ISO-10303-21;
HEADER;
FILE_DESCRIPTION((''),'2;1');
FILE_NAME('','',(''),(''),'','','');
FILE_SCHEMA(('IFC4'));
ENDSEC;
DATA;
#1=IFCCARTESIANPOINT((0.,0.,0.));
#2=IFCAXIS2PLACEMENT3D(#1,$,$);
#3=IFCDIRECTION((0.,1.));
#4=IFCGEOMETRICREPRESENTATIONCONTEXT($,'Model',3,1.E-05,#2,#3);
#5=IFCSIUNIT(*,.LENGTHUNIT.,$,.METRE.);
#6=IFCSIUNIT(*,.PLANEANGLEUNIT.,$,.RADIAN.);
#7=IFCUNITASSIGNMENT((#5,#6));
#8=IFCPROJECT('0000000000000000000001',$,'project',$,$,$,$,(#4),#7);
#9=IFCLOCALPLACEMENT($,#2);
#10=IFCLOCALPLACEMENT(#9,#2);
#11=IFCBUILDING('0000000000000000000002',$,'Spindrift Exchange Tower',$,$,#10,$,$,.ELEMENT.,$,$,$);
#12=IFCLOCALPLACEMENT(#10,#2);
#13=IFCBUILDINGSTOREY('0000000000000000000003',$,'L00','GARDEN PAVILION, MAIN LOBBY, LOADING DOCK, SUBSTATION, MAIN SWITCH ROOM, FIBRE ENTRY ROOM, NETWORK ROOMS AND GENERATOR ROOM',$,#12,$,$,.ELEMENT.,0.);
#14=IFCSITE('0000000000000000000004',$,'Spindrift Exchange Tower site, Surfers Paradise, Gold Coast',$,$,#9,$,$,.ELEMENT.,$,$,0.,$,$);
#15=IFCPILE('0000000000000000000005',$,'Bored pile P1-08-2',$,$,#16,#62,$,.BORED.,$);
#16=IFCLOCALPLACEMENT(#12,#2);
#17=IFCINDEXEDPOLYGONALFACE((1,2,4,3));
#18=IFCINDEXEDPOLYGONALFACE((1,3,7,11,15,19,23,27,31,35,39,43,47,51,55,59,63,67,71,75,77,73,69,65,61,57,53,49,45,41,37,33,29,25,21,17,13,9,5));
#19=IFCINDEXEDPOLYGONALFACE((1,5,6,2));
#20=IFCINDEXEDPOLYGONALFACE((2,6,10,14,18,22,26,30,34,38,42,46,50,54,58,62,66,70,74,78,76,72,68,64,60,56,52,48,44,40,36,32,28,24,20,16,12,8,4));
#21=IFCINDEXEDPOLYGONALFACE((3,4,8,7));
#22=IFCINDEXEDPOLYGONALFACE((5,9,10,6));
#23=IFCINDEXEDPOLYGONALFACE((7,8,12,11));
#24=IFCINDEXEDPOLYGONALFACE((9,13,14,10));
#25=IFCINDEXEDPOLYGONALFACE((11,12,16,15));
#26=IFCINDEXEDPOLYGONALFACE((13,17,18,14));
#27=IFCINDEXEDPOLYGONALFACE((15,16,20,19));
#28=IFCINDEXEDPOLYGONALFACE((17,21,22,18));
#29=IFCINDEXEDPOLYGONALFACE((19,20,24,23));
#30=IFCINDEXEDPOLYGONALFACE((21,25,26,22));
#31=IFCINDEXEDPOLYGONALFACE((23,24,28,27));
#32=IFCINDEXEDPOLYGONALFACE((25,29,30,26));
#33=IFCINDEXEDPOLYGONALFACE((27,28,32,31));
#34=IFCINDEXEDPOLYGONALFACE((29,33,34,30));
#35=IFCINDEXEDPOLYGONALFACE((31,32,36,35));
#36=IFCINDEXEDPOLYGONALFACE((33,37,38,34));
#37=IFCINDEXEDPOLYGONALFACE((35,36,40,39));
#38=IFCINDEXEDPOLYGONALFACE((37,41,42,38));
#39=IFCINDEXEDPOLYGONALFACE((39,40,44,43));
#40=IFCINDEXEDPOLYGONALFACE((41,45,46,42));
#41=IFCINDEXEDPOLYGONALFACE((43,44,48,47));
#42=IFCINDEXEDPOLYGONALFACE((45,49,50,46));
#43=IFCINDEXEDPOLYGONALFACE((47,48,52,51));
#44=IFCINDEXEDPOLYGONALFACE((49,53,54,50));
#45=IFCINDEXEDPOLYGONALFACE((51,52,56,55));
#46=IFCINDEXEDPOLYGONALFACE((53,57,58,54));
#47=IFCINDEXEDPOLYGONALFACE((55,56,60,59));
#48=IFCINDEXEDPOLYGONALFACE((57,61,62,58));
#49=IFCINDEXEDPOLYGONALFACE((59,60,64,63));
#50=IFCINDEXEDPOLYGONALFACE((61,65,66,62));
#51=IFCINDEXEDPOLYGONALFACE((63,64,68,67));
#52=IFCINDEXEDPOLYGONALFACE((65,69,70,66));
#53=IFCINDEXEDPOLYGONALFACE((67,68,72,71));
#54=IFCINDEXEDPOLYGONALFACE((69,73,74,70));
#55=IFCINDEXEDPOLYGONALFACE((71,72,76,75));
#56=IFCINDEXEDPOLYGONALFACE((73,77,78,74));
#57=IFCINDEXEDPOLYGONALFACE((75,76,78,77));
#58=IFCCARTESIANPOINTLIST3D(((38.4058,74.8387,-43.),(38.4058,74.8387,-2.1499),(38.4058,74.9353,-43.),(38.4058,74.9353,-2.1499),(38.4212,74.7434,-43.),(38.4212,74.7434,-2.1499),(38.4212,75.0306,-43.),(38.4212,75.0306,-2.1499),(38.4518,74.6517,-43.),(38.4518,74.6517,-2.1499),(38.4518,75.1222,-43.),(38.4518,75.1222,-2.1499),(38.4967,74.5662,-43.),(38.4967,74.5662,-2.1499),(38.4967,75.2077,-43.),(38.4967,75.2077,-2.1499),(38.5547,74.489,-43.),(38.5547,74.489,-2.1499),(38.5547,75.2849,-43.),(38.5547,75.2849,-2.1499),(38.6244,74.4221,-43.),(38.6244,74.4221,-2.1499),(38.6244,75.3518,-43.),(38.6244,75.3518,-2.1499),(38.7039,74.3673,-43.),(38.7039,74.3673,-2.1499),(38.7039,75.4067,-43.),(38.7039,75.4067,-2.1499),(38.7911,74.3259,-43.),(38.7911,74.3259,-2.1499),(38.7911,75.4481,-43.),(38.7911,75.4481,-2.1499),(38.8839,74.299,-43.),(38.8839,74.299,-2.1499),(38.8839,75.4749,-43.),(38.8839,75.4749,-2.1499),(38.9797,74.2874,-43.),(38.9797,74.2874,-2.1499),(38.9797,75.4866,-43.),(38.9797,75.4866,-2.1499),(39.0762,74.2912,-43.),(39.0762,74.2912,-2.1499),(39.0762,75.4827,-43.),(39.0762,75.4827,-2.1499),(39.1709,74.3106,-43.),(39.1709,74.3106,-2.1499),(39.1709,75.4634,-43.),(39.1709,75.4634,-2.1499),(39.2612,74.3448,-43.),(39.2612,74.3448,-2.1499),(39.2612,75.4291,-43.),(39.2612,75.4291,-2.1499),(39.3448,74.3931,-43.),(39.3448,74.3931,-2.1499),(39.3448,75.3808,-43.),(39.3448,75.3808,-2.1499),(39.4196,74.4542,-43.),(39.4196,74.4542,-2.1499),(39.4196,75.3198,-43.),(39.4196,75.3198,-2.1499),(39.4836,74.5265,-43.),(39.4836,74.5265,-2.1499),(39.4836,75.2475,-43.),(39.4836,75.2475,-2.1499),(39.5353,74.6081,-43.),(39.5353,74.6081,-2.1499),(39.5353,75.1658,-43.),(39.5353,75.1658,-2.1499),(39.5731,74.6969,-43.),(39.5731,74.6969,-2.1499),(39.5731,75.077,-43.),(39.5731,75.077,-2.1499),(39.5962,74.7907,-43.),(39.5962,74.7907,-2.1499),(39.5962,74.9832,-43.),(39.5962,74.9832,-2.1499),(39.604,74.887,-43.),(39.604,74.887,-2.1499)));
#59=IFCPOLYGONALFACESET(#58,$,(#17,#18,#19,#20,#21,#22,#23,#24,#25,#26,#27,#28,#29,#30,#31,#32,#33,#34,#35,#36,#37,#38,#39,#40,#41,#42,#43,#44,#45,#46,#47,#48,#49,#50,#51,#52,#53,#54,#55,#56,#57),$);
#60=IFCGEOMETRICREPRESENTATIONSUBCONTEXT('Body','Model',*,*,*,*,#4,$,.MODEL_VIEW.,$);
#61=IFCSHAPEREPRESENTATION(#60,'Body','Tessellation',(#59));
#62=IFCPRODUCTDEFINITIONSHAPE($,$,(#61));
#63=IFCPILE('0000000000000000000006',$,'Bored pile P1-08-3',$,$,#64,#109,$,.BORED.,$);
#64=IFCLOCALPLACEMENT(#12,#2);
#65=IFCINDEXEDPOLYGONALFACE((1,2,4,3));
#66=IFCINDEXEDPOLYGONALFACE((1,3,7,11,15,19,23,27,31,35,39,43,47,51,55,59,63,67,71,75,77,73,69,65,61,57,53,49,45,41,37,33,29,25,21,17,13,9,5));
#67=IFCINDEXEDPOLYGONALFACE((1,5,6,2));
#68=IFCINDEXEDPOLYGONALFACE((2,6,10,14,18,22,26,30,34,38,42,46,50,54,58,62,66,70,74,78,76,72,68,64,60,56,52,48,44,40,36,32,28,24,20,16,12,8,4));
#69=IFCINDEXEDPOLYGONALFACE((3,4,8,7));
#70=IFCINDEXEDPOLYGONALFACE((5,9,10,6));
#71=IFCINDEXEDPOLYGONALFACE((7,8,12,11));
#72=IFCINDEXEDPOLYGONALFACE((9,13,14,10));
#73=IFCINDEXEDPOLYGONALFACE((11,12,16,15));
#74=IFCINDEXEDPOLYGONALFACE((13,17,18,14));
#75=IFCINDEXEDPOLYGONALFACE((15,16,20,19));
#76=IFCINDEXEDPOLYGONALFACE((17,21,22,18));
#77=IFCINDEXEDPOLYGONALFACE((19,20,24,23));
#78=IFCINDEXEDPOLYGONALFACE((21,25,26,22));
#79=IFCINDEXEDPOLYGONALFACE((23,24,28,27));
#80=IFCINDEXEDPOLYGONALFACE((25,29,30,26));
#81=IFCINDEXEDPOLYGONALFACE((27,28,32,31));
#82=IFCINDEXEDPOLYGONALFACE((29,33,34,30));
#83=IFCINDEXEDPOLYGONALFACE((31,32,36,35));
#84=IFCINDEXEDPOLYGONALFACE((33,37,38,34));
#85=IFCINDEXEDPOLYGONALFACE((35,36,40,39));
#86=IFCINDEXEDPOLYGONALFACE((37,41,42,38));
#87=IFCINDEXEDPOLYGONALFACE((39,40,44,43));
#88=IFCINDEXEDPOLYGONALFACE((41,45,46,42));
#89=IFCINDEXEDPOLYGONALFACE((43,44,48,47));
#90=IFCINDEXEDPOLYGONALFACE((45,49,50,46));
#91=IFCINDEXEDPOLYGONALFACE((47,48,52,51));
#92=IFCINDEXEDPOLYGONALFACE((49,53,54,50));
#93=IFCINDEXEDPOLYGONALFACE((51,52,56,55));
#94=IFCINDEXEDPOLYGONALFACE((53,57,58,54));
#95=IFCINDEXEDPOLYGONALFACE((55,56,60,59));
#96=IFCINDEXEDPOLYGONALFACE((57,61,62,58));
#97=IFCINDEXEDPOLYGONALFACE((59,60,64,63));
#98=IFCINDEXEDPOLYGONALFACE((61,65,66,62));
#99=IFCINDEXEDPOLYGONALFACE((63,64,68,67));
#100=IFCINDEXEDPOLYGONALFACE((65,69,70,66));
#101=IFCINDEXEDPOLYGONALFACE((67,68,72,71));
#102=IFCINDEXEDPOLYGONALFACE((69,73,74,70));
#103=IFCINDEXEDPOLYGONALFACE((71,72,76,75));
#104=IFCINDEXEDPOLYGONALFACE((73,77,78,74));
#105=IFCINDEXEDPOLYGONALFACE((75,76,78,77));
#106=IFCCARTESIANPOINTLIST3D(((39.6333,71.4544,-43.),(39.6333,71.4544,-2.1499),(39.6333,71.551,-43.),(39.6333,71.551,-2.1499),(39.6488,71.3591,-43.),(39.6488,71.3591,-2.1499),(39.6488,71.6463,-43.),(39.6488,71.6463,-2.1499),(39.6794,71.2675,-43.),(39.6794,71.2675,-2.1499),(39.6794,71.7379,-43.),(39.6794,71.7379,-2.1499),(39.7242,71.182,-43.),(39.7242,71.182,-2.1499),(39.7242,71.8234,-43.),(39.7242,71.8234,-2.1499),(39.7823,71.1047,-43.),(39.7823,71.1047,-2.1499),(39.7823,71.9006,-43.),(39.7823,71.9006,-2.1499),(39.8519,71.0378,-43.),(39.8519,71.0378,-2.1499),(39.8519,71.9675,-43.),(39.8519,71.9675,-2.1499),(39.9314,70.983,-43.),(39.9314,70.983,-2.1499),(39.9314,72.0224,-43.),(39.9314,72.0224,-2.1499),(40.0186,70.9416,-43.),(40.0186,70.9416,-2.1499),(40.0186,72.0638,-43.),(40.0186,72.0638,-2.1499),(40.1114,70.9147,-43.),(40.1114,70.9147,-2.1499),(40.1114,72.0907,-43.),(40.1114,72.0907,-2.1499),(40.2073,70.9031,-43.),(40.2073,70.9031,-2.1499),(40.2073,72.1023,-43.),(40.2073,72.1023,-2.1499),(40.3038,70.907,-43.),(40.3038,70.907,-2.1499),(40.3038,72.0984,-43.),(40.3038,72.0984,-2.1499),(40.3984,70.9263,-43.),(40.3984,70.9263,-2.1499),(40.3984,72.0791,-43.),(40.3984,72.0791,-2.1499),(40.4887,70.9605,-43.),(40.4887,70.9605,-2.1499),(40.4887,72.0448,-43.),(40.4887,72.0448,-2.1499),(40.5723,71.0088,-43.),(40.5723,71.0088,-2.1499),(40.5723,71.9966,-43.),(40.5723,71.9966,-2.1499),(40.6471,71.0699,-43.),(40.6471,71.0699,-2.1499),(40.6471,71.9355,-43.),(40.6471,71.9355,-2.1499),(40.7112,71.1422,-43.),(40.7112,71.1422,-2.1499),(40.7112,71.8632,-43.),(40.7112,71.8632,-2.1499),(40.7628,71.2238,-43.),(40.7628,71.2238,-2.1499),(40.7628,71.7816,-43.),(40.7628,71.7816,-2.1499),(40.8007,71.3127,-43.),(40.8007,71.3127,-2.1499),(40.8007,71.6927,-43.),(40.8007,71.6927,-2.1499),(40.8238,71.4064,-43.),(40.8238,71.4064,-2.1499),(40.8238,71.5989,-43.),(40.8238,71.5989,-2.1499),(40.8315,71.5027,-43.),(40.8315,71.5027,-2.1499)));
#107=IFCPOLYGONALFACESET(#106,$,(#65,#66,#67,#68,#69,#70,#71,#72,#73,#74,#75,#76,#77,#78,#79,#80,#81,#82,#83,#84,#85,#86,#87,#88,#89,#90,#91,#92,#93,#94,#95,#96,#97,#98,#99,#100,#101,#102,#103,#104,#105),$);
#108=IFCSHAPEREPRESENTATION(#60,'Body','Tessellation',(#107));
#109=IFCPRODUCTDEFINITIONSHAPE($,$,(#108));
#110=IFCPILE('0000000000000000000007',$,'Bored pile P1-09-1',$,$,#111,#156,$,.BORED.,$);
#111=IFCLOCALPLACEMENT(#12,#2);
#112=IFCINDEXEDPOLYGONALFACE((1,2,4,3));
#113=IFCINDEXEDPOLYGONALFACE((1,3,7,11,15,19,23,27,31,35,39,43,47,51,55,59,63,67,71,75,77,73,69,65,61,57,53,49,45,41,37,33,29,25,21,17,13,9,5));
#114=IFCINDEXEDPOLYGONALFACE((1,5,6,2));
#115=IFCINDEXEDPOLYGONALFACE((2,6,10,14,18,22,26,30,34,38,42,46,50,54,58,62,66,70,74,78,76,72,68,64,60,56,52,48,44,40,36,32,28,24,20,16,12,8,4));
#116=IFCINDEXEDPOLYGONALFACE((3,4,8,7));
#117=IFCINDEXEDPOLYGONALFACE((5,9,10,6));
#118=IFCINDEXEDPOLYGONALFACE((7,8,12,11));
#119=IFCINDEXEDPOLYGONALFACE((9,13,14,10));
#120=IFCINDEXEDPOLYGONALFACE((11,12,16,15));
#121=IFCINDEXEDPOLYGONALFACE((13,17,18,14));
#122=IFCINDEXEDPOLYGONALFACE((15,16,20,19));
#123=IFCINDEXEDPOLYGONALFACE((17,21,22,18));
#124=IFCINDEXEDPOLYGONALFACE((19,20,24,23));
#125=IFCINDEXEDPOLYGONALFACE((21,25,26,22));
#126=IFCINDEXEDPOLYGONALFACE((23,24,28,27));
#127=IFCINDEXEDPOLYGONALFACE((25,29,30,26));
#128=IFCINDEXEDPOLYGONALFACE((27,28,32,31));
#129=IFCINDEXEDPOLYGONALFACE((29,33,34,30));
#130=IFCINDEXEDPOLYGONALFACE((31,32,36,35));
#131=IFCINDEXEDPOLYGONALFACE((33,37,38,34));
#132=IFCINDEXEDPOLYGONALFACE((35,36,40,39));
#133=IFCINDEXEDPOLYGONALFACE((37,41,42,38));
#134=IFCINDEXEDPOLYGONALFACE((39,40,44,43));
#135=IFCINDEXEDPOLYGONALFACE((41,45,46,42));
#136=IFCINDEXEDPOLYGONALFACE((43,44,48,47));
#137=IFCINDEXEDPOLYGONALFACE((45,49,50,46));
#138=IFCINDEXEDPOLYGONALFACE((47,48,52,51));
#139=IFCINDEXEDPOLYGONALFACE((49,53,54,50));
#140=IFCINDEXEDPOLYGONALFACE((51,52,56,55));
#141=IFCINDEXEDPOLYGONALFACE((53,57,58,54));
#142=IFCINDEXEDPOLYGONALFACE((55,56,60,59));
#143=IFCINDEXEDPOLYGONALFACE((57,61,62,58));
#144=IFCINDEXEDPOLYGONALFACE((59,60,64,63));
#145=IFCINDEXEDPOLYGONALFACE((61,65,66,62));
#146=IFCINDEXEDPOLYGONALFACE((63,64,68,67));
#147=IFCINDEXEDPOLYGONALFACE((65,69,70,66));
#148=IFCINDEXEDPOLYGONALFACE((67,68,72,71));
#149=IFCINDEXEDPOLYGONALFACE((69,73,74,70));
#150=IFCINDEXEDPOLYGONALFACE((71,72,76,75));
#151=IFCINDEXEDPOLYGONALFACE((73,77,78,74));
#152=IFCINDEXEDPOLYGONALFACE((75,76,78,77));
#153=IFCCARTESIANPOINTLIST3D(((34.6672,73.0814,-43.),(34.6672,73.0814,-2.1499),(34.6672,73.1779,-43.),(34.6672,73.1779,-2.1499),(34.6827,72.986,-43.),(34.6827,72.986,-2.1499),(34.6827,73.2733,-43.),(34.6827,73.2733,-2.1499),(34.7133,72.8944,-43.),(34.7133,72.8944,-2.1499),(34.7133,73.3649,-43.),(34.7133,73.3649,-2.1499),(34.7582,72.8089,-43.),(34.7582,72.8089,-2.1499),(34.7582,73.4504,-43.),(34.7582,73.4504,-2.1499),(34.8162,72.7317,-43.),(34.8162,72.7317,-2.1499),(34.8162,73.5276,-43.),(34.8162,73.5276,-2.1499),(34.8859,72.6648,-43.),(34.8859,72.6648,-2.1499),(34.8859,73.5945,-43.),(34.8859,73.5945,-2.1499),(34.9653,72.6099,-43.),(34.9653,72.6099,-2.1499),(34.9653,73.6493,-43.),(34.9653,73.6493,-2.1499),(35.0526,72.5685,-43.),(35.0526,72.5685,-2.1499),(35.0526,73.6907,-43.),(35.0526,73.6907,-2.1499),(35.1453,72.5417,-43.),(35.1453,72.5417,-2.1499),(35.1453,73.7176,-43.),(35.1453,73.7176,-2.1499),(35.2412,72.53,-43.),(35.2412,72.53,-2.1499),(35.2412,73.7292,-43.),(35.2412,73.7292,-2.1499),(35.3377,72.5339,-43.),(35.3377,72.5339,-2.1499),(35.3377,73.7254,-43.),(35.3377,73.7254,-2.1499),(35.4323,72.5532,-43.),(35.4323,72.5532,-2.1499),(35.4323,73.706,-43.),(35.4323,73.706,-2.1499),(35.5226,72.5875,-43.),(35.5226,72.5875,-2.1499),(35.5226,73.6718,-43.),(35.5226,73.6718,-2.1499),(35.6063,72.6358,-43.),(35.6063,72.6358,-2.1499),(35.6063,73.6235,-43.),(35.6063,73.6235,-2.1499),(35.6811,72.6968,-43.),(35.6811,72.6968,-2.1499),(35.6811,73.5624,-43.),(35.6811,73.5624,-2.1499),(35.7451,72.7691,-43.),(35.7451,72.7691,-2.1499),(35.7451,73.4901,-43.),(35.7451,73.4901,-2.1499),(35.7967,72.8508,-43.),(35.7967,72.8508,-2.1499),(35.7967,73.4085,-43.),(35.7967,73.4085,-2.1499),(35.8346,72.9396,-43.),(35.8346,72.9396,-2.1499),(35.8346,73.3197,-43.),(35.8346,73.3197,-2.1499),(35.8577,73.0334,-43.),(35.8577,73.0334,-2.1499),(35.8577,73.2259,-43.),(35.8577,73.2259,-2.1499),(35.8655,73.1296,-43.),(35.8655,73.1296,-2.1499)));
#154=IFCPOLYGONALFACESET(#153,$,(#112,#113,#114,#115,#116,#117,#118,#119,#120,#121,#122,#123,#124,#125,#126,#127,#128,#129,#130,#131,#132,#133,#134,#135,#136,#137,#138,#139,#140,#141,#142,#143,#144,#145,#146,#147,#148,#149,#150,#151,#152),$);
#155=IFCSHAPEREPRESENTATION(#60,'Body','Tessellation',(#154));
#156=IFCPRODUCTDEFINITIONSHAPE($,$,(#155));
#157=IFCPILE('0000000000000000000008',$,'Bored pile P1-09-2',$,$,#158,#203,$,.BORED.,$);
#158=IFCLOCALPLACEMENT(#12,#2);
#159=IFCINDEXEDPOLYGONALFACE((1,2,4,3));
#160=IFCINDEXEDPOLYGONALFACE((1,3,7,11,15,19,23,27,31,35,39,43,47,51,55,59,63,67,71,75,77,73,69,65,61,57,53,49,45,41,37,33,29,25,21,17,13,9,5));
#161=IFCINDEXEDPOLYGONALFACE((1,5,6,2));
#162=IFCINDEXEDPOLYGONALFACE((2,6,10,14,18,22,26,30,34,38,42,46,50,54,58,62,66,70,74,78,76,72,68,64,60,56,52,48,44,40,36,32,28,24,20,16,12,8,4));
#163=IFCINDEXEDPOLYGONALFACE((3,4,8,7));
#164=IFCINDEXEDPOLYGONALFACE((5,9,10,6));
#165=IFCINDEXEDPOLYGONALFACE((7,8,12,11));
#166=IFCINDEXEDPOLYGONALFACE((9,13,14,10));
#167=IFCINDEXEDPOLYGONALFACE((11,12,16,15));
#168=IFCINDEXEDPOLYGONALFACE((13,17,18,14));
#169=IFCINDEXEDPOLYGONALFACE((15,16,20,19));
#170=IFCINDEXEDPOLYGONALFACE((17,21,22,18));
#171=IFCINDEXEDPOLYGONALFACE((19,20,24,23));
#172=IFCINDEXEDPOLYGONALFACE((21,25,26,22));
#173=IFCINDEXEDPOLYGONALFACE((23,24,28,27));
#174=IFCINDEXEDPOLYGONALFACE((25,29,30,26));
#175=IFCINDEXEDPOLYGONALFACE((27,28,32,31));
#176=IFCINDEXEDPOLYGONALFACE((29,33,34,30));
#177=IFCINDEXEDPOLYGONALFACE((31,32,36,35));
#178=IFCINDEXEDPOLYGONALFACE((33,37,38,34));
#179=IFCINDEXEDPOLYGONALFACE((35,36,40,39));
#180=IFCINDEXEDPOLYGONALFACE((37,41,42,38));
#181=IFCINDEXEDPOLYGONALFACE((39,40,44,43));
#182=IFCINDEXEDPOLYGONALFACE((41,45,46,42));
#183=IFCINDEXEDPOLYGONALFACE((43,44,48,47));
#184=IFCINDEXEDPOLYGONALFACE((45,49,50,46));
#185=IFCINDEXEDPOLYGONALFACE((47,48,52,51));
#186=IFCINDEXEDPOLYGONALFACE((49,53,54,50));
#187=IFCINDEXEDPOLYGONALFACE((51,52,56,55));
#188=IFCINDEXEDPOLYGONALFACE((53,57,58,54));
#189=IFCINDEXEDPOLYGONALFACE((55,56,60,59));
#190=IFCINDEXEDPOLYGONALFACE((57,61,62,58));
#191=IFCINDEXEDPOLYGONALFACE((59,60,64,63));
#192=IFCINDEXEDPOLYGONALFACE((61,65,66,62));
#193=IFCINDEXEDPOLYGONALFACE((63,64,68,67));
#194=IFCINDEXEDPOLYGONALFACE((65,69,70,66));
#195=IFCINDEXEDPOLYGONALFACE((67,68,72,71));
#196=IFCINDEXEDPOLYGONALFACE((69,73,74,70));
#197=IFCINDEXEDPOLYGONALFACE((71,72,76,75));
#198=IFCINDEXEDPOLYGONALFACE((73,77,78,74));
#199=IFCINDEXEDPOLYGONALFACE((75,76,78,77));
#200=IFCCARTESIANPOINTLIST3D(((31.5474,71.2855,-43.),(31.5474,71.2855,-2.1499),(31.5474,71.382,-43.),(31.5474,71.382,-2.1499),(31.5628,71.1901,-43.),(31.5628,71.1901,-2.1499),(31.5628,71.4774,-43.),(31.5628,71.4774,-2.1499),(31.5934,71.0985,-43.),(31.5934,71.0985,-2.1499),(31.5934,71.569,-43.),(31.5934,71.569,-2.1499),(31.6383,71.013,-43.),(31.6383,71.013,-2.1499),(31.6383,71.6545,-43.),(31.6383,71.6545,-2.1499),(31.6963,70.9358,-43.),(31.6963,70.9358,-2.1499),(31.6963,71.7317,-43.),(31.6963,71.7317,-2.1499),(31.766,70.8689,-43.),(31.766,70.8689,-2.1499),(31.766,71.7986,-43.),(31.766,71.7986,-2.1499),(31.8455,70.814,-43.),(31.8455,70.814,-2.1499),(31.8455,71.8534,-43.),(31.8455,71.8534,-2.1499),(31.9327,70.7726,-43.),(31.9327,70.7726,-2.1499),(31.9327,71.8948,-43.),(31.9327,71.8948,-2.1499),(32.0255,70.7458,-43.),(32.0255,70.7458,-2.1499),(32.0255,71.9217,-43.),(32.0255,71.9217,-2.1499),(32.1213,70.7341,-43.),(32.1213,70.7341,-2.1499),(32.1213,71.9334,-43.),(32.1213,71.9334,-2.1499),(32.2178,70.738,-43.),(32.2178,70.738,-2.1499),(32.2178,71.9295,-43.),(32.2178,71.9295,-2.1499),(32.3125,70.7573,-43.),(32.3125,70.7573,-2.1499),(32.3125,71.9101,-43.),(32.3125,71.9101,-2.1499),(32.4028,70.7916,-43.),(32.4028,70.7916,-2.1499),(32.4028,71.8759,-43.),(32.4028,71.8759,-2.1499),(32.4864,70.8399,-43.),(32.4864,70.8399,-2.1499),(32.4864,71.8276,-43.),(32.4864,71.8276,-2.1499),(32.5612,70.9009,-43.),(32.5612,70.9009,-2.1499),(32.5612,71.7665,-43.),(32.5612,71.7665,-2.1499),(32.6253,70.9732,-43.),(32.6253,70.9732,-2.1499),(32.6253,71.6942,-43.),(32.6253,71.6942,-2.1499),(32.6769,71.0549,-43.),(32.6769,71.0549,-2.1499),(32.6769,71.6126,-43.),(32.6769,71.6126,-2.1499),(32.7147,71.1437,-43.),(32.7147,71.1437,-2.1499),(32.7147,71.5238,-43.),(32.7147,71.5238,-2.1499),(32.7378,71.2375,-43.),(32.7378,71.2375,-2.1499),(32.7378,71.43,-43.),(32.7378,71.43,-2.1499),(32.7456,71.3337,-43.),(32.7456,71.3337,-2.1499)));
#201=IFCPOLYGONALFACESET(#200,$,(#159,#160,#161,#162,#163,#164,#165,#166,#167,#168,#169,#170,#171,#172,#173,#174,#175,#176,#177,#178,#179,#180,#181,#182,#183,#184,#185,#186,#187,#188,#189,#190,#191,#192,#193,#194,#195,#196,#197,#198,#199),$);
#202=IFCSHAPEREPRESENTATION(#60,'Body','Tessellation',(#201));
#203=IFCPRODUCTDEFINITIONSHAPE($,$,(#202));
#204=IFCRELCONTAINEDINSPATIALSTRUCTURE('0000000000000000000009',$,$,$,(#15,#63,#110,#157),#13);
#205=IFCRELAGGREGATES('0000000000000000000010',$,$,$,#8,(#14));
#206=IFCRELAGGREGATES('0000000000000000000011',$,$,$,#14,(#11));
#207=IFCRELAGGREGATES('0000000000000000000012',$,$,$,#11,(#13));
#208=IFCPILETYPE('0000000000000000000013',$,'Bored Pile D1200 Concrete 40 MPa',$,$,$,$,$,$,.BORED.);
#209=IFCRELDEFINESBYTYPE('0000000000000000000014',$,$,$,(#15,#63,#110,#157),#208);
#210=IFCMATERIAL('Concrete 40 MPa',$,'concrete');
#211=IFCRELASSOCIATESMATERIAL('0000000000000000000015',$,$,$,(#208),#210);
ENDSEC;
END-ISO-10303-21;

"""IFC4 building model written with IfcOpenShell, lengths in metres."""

from ifc_helpers import new_model, si_unit, direction, frame, origin, origin_2d, place, context, subcontext, project, spatial, circle, extrude, source, transform, mapped, material, material_profile, profile_set, type_object, element, save


model = new_model("IFC4")

# Units and contexts
model_context = context("Model", 3, precision=1e-05, world=origin(), true_north=direction((0.0, 1.0)))
body_context = subcontext(model_context, "Body", "Model", "MODEL_VIEW")
ifc_project = project(units=[si_unit("LENGTHUNIT", "METRE"), si_unit("PLANEANGLEUNIT", "RADIAN")], contexts=[model_context])

# Site, building, storey
site_placement = place(None, origin())
site = spatial("IfcSite", under=ifc_project, at=site_placement, Name="Spindrift Exchange Tower site, Surfers Paradise, Gold Coast", CompositionType="ELEMENT", RefElevation=0.0)
building_placement = place(site_placement, origin())
building = spatial("IfcBuilding", under=site, at=building_placement, Name="Spindrift Exchange Tower", CompositionType="ELEMENT")
storey_placement = place(building_placement, origin())
storey = spatial("IfcBuildingStorey", under=building, at=storey_placement, Name="L00", Description="GARDEN PAVILION, MAIN LOBBY, LOADING DOCK, SUBSTATION, MAIN SWITCH ROOM, FIBRE ENTRY ROOM, NETWORK ROOMS AND GENERATOR ROOM", CompositionType="ELEMENT", Elevation=0.0)

# Piles
ifc_material_1 = material(Name="Concrete 40 MPa", Category="concrete")
ifc_material_profile_1 = material_profile(ifc_material_1, circle(Radius=0.6001, at=origin_2d()), Name="BP D1200")
ifc_profile_set_1 = profile_set([ifc_material_profile_1], Name="Concrete 40 MPa")
pile_type = type_object("IfcPileType", Name="Bored Pile D1200 Concrete 40 MPa", PredefinedType="BORED", material=ifc_profile_set_1)
shared_shape_1 = source(origin(), body_context, "Body", "SweptSolid", [
    extrude(circle(Radius=0.6001, at=origin_2d()), origin(), (0.0, 0.0, 1.0), 40.8501),
])
for number, where, z_axis, x_axis, name in (
    (1, (39.0039, 74.887, -2.1499), (0.0, 0.0, -1.0), (1.0, 0.0, 0.0), "Bored pile P1-08-2"),
    (2, (40.2314, 71.5027, -2.1499), (0.0, 0.0, -1.0), (1.0, 0.0, 0.0), "Bored pile P1-08-3"),
    (3, (35.2654, 73.1296, -2.1499), (0.0, 0.0, -1.0), (1.0, 0.0, 0.0), "Bored pile P1-09-1"),
    (4, (32.1455, 71.3337, -2.1499), (0.0, 0.0, -1.0), (1.0, 0.0, 0.0), "Bored pile P1-09-2"),
):
    element("IfcPile", number, at=place(storey_placement, frame(where, z_axis=z_axis, x_axis=x_axis)), inside=storey, type_object=pile_type, Name=name, PredefinedType="BORED", context=body_context, shape_type="MappedRepresentation", body=[
        mapped(shared_shape_1, transform((0.0, 0.0, 0.0), scale=1.0)),
    ])

save(model, "model.ifc")
